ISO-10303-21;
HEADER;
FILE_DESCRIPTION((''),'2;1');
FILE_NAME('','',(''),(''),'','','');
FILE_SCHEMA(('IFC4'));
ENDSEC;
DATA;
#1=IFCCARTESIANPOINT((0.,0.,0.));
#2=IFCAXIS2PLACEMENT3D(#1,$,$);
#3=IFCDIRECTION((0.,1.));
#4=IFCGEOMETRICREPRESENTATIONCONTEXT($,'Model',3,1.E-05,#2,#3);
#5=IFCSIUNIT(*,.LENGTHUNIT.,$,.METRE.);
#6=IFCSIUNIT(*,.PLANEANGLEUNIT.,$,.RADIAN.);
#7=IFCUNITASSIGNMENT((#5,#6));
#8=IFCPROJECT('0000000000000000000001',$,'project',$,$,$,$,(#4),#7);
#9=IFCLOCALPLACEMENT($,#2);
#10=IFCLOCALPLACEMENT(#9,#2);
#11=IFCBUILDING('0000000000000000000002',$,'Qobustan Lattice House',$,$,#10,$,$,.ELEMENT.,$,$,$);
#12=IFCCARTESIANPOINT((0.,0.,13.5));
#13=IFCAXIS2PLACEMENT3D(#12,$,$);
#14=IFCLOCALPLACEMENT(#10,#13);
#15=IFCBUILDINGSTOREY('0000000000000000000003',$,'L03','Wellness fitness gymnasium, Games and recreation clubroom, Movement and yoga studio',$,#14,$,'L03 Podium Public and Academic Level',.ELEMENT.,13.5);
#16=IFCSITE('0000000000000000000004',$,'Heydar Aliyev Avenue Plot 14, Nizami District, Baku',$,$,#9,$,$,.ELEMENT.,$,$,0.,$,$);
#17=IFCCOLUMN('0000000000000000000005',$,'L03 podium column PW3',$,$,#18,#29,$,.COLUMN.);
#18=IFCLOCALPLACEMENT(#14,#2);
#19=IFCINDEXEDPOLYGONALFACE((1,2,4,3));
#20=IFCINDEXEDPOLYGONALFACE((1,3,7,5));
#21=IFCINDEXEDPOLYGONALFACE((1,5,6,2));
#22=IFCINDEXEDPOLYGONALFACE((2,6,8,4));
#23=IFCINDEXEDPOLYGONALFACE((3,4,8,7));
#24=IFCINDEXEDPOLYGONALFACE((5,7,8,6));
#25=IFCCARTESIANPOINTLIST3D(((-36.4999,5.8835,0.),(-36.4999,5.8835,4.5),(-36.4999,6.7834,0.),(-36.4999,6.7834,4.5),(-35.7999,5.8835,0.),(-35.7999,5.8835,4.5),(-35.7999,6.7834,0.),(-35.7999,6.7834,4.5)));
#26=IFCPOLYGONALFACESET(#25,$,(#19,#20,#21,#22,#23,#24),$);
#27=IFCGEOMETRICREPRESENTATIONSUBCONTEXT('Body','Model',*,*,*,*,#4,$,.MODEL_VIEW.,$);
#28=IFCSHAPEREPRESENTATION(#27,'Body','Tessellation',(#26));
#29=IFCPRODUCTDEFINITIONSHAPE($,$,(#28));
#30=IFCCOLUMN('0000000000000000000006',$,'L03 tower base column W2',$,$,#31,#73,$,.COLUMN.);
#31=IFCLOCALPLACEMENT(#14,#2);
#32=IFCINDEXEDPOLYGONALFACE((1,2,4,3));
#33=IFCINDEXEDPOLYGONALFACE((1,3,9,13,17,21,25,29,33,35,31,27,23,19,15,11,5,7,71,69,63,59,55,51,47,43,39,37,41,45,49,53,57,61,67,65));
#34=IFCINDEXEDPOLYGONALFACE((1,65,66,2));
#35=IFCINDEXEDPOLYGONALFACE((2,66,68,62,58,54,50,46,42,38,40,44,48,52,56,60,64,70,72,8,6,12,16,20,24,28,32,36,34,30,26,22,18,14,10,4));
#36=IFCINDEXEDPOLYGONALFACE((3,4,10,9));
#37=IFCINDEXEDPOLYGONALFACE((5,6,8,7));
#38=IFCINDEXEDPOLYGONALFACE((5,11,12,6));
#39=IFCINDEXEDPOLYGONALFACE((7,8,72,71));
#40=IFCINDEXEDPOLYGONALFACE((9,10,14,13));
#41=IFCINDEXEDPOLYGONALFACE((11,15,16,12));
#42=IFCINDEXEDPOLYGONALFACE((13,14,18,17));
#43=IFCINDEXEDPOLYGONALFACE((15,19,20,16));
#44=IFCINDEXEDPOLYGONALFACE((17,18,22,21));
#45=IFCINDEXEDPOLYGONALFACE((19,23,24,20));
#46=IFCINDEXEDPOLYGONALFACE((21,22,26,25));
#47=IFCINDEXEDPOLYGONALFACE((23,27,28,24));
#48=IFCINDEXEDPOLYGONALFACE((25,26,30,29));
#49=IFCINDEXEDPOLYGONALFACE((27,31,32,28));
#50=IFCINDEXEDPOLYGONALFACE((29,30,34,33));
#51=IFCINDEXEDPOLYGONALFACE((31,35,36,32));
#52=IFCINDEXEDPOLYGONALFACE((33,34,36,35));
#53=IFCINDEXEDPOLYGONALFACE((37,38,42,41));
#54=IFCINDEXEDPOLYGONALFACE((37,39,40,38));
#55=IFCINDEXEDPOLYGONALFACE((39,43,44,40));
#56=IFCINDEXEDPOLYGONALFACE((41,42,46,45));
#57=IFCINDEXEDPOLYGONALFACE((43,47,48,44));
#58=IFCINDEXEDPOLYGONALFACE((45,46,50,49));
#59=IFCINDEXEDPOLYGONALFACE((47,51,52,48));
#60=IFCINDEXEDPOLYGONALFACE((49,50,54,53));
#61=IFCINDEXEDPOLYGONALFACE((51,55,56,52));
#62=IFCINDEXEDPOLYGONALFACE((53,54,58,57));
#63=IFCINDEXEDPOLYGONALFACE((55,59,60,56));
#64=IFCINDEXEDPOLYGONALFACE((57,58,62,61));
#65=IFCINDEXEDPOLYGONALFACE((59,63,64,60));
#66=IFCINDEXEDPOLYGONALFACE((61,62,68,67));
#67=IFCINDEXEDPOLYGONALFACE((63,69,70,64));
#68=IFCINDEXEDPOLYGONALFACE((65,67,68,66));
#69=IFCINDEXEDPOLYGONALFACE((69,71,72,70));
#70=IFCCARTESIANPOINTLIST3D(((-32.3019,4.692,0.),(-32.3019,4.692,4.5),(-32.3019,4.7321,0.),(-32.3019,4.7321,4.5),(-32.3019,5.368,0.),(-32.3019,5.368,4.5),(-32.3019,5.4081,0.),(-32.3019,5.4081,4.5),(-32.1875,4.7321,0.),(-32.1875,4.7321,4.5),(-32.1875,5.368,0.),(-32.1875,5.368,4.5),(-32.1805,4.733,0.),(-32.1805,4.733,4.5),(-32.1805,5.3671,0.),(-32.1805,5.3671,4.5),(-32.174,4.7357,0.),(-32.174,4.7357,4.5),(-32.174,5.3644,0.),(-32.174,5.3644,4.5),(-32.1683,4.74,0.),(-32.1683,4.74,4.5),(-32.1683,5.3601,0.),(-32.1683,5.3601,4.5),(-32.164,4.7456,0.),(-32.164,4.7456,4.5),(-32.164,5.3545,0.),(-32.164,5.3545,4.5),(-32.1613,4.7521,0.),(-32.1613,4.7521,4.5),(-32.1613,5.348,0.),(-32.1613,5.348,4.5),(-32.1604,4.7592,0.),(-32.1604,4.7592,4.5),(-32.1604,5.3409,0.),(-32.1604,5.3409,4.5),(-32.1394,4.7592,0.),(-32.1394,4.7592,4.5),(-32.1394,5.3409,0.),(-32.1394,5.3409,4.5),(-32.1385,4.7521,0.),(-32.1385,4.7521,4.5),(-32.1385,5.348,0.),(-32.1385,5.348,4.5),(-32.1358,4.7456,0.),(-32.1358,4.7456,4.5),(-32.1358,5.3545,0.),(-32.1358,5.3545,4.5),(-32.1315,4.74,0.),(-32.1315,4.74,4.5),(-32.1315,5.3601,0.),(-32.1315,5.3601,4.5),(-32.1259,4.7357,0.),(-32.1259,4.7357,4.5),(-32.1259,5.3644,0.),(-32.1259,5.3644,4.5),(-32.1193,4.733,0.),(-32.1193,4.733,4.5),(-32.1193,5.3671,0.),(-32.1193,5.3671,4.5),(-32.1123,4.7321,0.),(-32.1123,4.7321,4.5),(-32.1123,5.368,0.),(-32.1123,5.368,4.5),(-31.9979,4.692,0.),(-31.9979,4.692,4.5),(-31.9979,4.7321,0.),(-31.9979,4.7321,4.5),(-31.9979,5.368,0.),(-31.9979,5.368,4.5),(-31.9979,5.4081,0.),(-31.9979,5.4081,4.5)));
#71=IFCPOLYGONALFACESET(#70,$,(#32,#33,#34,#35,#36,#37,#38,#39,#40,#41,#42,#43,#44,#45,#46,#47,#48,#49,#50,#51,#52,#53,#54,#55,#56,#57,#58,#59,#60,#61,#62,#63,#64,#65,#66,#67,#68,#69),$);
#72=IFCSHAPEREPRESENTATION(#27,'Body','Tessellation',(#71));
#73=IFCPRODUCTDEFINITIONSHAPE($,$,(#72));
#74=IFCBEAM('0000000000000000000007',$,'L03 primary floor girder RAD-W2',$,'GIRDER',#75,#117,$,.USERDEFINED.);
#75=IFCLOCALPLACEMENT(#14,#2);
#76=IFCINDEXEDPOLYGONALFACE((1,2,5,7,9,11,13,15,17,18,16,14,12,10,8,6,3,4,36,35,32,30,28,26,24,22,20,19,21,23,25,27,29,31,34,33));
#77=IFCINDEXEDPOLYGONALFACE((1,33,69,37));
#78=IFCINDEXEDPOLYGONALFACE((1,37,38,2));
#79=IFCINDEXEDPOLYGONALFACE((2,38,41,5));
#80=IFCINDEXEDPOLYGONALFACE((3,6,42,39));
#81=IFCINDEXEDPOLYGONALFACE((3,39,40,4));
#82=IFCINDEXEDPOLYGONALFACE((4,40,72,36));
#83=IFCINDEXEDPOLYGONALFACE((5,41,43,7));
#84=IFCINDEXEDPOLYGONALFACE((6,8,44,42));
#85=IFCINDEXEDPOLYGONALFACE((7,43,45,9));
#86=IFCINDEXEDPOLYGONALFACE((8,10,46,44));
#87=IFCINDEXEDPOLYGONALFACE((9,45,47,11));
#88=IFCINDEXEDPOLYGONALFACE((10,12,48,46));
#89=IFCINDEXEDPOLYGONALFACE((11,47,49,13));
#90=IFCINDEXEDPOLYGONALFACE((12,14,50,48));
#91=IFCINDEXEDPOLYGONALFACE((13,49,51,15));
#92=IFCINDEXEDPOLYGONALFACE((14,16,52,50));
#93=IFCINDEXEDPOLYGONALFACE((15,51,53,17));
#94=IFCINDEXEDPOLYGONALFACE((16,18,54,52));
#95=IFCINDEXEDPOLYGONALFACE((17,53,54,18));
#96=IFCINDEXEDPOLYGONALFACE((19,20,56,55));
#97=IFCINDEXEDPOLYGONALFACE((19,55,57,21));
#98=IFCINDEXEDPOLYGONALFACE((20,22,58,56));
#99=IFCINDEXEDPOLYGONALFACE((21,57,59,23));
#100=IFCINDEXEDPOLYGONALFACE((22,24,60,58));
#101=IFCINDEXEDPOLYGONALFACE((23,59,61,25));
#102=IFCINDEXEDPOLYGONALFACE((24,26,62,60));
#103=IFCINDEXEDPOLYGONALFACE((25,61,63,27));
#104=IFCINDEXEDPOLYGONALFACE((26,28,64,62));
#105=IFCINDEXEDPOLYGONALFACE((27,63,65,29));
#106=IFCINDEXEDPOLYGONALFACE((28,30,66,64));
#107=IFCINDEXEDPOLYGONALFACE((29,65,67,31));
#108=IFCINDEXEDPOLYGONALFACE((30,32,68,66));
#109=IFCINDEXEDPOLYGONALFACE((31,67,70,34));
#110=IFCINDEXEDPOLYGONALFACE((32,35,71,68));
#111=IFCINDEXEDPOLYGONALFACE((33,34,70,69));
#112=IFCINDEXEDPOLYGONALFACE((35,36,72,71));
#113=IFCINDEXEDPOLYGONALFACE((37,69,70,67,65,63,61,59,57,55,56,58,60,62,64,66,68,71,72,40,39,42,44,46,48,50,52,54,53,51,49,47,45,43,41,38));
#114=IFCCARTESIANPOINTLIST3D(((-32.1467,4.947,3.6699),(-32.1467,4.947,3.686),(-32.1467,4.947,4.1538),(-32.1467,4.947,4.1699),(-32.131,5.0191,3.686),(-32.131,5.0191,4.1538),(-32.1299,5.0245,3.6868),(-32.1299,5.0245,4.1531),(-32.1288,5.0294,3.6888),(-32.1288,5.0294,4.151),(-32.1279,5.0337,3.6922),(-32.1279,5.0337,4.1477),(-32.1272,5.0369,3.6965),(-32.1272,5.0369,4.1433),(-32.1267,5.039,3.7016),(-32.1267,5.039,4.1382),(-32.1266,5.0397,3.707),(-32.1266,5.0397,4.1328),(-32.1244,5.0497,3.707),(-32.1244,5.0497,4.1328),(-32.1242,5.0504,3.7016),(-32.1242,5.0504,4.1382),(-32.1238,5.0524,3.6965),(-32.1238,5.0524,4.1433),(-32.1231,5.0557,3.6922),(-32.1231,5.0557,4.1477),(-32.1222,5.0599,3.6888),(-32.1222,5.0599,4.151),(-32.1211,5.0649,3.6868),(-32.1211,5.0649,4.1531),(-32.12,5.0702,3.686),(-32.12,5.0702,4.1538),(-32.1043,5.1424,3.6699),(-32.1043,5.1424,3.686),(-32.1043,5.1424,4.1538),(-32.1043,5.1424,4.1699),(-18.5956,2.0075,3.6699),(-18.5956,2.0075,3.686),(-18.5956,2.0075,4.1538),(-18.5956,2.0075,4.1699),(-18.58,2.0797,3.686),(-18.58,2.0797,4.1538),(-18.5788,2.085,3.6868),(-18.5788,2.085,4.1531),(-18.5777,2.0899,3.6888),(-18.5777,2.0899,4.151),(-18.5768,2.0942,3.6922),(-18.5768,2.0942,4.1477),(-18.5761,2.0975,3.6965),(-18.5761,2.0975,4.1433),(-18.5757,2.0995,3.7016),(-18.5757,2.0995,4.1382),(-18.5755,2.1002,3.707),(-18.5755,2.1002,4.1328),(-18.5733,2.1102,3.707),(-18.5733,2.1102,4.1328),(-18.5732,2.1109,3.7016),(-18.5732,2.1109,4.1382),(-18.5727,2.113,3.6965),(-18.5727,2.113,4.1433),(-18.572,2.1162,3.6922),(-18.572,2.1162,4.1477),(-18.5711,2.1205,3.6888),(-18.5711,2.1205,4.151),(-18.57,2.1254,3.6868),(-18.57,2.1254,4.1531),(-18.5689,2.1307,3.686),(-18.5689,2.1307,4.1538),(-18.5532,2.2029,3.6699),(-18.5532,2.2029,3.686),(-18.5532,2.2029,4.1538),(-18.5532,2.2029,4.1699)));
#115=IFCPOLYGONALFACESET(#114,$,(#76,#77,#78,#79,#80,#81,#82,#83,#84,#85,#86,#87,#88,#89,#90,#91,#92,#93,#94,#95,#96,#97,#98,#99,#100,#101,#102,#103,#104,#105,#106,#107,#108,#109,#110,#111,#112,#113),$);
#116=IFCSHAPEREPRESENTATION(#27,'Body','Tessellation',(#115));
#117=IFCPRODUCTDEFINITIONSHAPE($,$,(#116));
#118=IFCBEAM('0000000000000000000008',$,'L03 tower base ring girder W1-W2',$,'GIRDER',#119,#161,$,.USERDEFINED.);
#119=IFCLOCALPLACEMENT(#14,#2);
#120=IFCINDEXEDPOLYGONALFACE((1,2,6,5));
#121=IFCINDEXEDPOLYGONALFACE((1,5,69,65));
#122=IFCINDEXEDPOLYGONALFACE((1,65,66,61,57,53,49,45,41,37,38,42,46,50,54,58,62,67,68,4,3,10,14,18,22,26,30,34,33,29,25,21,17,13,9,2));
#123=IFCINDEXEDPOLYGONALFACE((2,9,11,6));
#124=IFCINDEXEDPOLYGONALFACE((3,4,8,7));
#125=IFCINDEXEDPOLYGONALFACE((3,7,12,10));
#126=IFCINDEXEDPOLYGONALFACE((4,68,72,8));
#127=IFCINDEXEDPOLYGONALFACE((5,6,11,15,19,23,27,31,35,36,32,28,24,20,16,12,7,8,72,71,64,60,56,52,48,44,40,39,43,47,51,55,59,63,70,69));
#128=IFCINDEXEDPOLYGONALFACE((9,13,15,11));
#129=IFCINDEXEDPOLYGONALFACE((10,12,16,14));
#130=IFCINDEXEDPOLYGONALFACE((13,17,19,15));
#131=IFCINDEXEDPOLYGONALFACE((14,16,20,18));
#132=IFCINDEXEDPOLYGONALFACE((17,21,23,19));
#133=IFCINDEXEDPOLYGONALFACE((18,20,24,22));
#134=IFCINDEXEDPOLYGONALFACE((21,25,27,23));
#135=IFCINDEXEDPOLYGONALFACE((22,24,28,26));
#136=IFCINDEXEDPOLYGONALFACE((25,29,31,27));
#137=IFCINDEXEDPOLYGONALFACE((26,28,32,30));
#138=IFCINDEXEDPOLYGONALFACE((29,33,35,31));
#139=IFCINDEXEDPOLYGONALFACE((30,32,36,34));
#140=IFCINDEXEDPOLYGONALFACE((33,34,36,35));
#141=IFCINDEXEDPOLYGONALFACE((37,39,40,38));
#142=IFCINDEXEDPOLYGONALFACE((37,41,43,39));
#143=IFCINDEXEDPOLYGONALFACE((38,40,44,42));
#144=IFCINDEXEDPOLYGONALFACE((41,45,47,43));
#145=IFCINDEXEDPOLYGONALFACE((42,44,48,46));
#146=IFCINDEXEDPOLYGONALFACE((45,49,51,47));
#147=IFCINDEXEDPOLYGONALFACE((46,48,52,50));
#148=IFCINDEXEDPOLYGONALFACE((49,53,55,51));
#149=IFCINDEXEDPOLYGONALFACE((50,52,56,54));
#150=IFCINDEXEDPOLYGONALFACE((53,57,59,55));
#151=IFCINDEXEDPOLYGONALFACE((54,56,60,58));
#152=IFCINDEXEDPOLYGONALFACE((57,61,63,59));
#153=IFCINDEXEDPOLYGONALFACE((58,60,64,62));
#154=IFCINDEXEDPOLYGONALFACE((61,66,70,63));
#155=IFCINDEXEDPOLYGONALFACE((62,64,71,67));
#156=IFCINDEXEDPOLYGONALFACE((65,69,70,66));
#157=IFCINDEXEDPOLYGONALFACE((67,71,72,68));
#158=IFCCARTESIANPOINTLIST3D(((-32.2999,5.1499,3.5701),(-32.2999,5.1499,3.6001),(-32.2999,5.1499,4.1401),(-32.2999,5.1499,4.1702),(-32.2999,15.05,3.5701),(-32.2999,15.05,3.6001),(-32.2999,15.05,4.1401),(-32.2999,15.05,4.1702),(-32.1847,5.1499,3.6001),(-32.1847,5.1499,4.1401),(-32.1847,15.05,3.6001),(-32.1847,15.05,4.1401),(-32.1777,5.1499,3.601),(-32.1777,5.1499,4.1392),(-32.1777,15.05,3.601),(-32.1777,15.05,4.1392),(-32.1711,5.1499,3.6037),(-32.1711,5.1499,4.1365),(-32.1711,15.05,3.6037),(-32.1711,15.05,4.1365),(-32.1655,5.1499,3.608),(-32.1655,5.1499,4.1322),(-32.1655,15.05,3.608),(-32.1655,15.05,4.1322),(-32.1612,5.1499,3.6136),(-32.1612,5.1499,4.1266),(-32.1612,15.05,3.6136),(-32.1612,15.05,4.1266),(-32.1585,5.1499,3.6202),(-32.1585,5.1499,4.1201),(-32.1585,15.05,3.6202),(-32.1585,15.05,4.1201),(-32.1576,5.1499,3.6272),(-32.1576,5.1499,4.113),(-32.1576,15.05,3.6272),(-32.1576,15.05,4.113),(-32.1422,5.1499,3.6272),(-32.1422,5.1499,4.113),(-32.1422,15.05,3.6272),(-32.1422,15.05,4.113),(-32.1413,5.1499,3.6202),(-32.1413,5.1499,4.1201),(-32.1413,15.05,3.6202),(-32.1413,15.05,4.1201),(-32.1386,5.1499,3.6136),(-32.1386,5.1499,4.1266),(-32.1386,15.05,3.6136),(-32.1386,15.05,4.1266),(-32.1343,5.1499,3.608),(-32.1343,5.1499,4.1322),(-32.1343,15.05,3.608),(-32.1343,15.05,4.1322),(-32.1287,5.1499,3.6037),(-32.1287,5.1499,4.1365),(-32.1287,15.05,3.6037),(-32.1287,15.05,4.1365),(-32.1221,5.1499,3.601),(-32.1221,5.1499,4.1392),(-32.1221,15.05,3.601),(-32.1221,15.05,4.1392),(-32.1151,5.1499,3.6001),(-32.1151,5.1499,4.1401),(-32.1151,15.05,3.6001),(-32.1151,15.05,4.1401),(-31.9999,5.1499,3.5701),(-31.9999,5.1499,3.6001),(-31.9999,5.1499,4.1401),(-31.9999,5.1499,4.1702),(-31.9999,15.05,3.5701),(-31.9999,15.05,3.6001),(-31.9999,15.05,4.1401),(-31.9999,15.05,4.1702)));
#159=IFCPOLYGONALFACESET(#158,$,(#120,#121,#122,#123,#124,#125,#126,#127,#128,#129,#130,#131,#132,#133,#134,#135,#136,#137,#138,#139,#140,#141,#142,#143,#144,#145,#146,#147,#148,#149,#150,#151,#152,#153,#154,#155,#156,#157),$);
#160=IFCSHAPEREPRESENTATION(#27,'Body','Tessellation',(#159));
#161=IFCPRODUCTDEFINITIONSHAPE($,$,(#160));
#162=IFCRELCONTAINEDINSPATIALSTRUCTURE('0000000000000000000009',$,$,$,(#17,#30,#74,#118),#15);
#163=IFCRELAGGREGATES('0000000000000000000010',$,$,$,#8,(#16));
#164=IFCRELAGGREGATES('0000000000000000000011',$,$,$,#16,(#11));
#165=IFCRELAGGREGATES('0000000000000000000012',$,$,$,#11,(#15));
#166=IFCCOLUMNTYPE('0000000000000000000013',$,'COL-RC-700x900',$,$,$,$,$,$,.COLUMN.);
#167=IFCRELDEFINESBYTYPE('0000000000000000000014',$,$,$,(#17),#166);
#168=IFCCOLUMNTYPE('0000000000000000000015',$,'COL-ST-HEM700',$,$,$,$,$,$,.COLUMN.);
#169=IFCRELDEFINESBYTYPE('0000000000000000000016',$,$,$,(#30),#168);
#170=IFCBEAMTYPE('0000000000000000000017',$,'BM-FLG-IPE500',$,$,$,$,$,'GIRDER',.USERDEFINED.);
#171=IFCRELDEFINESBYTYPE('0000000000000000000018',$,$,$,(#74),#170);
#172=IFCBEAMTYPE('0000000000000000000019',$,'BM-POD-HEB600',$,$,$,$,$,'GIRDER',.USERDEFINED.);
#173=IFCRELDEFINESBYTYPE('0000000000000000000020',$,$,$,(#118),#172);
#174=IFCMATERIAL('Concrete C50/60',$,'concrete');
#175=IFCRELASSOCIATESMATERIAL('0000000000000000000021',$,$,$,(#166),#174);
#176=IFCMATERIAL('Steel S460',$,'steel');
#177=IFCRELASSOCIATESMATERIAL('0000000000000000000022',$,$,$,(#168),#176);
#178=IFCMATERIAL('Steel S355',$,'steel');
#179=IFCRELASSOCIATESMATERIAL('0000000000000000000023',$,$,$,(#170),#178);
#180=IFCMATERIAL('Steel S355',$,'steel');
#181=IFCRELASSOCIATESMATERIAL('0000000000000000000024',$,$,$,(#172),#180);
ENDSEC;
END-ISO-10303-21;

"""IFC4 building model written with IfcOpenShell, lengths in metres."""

from ifc_helpers import new_model, si_unit, direction, frame, origin, origin_2d, place, context, subcontext, project, spatial, rectangle, i_section, extrude, material, material_profile, profile_set, type_object, element, save


model = new_model("IFC4")

# Units and contexts
model_context = context("Model", 3, precision=1e-05, world=origin(), true_north=direction((0.0, 1.0)))
body_context = subcontext(model_context, "Body", "Model", "MODEL_VIEW")
ifc_project = project(units=[si_unit("LENGTHUNIT", "METRE"), si_unit("PLANEANGLEUNIT", "RADIAN")], contexts=[model_context])

# Site, building, storey
site_placement = place(None, origin())
site = spatial("IfcSite", under=ifc_project, at=site_placement, Name="Heydar Aliyev Avenue Plot 14, Nizami District, Baku", CompositionType="ELEMENT", RefElevation=0.0)
building_placement = place(site_placement, origin())
building = spatial("IfcBuilding", under=site, at=building_placement, Name="Qobustan Lattice House", CompositionType="ELEMENT")
storey_placement = place(building_placement, frame((0.0, 0.0, 13.5)))
storey = spatial("IfcBuildingStorey", under=building, at=storey_placement, Name="L03", Description="Wellness fitness gymnasium, Games and recreation clubroom, Movement and yoga studio", LongName="L03 Podium Public and Academic Level", CompositionType="ELEMENT", Elevation=13.5)

# Columns
ifc_material_1 = material(Name="Concrete C50/60", Category="concrete")
ifc_material_profile_1 = material_profile(ifc_material_1, rectangle(XDim=0.7, YDim=0.8999, at=origin_2d()), Name="RC700x900")
ifc_profile_set_1 = profile_set([ifc_material_profile_1], Name="Concrete C50/60")
column_type_1 = type_object("IfcColumnType", Name="COL-RC-700x900", PredefinedType="COLUMN", material=ifc_profile_set_1)
column_1_placement = place(storey_placement, frame((-36.1499, 6.3335, 0.0), z_axis=(0.0, 0.0, 1.0), x_axis=(1.0, 0.0, 0.0)))
element("IfcColumn", 1, at=column_1_placement, inside=storey, type_object=column_type_1, Name="L03 podium column PW3", PredefinedType="COLUMN", context=body_context, shape_type="SweptSolid", body=[
    extrude(rectangle(XDim=0.7, YDim=0.8999, at=origin_2d()), origin(), (0.0, 0.0, 1.0), 4.5),
])
ifc_material_2 = material(Name="Steel S460", Category="steel")
ifc_material_profile_2 = material_profile(ifc_material_2, i_section(OverallWidth=0.304, OverallDepth=0.7161, WebThickness=0.021, FlangeThickness=0.04, FilletRadius=0.0271, at=origin_2d()), Name="HEM700")
ifc_profile_set_2 = profile_set([ifc_material_profile_2], Name="Steel S460")
column_type_2 = type_object("IfcColumnType", Name="COL-ST-HEM700", PredefinedType="COLUMN", material=ifc_profile_set_2)
column_2_placement = place(storey_placement, frame((-32.1499, 5.05, 0.0), z_axis=(0.0, 0.0, 1.0), x_axis=(1.0, 0.0, 0.0)))
element("IfcColumn", 2, at=column_2_placement, inside=storey, type_object=column_type_2, Name="L03 tower base column W2", PredefinedType="COLUMN", context=body_context, shape_type="SweptSolid", body=[
    extrude(i_section(OverallWidth=0.304, OverallDepth=0.7161, WebThickness=0.021, FlangeThickness=0.04, FilletRadius=0.0271, at=origin_2d()), origin(), (0.0, 0.0, 1.0), 4.5),
])

# Beams
ifc_material_3 = material(Name="Steel S355", Category="steel")
ifc_material_profile_3 = material_profile(ifc_material_3, i_section(OverallWidth=0.2, OverallDepth=0.5, WebThickness=0.0103, FlangeThickness=0.0161, FilletRadius=0.021, at=origin_2d()), Name="IPE500")
ifc_profile_set_3 = profile_set([ifc_material_profile_3], Name="Steel S355")
beam_type_1 = type_object("IfcBeamType", Name="BM-FLG-IPE500", ElementType="GIRDER", PredefinedType="USERDEFINED", material=ifc_profile_set_3)
beam_1_placement = place(storey_placement, frame((-32.1255, 5.0447, 3.9199), z_axis=(0.977272, -0.211987, 0.0), x_axis=(0.211987, 0.977272, 0.0)))
element("IfcBeam", 3, at=beam_1_placement, inside=storey, type_object=beam_type_1, Name="L03 primary floor girder RAD-W2", ObjectType="GIRDER", PredefinedType="USERDEFINED", context=body_context, shape_type="SweptSolid", body=[
    extrude(i_section(OverallWidth=0.2, OverallDepth=0.5, WebThickness=0.0103, FlangeThickness=0.0161, FilletRadius=0.021, at=origin_2d()), origin(), (0.0, 0.0, 1.0), 13.8662),
])
ifc_material_4 = material(Name="Steel S355", Category="steel")
ifc_material_profile_4 = material_profile(ifc_material_4, i_section(OverallWidth=0.3, OverallDepth=0.6001, WebThickness=0.0154, FlangeThickness=0.03, FilletRadius=0.0271, at=origin_2d()), Name="HEB600")
ifc_profile_set_4 = profile_set([ifc_material_profile_4], Name="Steel S355")
beam_type_2 = type_object("IfcBeamType", Name="BM-POD-HEB600", ElementType="GIRDER", PredefinedType="USERDEFINED", material=ifc_profile_set_4)
beam_2_placement = place(storey_placement, frame((-32.1499, 15.05, 3.8701), z_axis=(0.0, -1.0, 0.0), x_axis=(1.0, 0.0, 0.0)))
element("IfcBeam", 4, at=beam_2_placement, inside=storey, type_object=beam_type_2, Name="L03 tower base ring girder W1-W2", ObjectType="GIRDER", PredefinedType="USERDEFINED", context=body_context, shape_type="SweptSolid", body=[
    extrude(i_section(OverallWidth=0.3, OverallDepth=0.6001, WebThickness=0.0154, FlangeThickness=0.03, FilletRadius=0.0271, at=origin_2d()), origin(), (0.0, 0.0, 1.0), 9.9001),
])

save(model, "model.ifc")
